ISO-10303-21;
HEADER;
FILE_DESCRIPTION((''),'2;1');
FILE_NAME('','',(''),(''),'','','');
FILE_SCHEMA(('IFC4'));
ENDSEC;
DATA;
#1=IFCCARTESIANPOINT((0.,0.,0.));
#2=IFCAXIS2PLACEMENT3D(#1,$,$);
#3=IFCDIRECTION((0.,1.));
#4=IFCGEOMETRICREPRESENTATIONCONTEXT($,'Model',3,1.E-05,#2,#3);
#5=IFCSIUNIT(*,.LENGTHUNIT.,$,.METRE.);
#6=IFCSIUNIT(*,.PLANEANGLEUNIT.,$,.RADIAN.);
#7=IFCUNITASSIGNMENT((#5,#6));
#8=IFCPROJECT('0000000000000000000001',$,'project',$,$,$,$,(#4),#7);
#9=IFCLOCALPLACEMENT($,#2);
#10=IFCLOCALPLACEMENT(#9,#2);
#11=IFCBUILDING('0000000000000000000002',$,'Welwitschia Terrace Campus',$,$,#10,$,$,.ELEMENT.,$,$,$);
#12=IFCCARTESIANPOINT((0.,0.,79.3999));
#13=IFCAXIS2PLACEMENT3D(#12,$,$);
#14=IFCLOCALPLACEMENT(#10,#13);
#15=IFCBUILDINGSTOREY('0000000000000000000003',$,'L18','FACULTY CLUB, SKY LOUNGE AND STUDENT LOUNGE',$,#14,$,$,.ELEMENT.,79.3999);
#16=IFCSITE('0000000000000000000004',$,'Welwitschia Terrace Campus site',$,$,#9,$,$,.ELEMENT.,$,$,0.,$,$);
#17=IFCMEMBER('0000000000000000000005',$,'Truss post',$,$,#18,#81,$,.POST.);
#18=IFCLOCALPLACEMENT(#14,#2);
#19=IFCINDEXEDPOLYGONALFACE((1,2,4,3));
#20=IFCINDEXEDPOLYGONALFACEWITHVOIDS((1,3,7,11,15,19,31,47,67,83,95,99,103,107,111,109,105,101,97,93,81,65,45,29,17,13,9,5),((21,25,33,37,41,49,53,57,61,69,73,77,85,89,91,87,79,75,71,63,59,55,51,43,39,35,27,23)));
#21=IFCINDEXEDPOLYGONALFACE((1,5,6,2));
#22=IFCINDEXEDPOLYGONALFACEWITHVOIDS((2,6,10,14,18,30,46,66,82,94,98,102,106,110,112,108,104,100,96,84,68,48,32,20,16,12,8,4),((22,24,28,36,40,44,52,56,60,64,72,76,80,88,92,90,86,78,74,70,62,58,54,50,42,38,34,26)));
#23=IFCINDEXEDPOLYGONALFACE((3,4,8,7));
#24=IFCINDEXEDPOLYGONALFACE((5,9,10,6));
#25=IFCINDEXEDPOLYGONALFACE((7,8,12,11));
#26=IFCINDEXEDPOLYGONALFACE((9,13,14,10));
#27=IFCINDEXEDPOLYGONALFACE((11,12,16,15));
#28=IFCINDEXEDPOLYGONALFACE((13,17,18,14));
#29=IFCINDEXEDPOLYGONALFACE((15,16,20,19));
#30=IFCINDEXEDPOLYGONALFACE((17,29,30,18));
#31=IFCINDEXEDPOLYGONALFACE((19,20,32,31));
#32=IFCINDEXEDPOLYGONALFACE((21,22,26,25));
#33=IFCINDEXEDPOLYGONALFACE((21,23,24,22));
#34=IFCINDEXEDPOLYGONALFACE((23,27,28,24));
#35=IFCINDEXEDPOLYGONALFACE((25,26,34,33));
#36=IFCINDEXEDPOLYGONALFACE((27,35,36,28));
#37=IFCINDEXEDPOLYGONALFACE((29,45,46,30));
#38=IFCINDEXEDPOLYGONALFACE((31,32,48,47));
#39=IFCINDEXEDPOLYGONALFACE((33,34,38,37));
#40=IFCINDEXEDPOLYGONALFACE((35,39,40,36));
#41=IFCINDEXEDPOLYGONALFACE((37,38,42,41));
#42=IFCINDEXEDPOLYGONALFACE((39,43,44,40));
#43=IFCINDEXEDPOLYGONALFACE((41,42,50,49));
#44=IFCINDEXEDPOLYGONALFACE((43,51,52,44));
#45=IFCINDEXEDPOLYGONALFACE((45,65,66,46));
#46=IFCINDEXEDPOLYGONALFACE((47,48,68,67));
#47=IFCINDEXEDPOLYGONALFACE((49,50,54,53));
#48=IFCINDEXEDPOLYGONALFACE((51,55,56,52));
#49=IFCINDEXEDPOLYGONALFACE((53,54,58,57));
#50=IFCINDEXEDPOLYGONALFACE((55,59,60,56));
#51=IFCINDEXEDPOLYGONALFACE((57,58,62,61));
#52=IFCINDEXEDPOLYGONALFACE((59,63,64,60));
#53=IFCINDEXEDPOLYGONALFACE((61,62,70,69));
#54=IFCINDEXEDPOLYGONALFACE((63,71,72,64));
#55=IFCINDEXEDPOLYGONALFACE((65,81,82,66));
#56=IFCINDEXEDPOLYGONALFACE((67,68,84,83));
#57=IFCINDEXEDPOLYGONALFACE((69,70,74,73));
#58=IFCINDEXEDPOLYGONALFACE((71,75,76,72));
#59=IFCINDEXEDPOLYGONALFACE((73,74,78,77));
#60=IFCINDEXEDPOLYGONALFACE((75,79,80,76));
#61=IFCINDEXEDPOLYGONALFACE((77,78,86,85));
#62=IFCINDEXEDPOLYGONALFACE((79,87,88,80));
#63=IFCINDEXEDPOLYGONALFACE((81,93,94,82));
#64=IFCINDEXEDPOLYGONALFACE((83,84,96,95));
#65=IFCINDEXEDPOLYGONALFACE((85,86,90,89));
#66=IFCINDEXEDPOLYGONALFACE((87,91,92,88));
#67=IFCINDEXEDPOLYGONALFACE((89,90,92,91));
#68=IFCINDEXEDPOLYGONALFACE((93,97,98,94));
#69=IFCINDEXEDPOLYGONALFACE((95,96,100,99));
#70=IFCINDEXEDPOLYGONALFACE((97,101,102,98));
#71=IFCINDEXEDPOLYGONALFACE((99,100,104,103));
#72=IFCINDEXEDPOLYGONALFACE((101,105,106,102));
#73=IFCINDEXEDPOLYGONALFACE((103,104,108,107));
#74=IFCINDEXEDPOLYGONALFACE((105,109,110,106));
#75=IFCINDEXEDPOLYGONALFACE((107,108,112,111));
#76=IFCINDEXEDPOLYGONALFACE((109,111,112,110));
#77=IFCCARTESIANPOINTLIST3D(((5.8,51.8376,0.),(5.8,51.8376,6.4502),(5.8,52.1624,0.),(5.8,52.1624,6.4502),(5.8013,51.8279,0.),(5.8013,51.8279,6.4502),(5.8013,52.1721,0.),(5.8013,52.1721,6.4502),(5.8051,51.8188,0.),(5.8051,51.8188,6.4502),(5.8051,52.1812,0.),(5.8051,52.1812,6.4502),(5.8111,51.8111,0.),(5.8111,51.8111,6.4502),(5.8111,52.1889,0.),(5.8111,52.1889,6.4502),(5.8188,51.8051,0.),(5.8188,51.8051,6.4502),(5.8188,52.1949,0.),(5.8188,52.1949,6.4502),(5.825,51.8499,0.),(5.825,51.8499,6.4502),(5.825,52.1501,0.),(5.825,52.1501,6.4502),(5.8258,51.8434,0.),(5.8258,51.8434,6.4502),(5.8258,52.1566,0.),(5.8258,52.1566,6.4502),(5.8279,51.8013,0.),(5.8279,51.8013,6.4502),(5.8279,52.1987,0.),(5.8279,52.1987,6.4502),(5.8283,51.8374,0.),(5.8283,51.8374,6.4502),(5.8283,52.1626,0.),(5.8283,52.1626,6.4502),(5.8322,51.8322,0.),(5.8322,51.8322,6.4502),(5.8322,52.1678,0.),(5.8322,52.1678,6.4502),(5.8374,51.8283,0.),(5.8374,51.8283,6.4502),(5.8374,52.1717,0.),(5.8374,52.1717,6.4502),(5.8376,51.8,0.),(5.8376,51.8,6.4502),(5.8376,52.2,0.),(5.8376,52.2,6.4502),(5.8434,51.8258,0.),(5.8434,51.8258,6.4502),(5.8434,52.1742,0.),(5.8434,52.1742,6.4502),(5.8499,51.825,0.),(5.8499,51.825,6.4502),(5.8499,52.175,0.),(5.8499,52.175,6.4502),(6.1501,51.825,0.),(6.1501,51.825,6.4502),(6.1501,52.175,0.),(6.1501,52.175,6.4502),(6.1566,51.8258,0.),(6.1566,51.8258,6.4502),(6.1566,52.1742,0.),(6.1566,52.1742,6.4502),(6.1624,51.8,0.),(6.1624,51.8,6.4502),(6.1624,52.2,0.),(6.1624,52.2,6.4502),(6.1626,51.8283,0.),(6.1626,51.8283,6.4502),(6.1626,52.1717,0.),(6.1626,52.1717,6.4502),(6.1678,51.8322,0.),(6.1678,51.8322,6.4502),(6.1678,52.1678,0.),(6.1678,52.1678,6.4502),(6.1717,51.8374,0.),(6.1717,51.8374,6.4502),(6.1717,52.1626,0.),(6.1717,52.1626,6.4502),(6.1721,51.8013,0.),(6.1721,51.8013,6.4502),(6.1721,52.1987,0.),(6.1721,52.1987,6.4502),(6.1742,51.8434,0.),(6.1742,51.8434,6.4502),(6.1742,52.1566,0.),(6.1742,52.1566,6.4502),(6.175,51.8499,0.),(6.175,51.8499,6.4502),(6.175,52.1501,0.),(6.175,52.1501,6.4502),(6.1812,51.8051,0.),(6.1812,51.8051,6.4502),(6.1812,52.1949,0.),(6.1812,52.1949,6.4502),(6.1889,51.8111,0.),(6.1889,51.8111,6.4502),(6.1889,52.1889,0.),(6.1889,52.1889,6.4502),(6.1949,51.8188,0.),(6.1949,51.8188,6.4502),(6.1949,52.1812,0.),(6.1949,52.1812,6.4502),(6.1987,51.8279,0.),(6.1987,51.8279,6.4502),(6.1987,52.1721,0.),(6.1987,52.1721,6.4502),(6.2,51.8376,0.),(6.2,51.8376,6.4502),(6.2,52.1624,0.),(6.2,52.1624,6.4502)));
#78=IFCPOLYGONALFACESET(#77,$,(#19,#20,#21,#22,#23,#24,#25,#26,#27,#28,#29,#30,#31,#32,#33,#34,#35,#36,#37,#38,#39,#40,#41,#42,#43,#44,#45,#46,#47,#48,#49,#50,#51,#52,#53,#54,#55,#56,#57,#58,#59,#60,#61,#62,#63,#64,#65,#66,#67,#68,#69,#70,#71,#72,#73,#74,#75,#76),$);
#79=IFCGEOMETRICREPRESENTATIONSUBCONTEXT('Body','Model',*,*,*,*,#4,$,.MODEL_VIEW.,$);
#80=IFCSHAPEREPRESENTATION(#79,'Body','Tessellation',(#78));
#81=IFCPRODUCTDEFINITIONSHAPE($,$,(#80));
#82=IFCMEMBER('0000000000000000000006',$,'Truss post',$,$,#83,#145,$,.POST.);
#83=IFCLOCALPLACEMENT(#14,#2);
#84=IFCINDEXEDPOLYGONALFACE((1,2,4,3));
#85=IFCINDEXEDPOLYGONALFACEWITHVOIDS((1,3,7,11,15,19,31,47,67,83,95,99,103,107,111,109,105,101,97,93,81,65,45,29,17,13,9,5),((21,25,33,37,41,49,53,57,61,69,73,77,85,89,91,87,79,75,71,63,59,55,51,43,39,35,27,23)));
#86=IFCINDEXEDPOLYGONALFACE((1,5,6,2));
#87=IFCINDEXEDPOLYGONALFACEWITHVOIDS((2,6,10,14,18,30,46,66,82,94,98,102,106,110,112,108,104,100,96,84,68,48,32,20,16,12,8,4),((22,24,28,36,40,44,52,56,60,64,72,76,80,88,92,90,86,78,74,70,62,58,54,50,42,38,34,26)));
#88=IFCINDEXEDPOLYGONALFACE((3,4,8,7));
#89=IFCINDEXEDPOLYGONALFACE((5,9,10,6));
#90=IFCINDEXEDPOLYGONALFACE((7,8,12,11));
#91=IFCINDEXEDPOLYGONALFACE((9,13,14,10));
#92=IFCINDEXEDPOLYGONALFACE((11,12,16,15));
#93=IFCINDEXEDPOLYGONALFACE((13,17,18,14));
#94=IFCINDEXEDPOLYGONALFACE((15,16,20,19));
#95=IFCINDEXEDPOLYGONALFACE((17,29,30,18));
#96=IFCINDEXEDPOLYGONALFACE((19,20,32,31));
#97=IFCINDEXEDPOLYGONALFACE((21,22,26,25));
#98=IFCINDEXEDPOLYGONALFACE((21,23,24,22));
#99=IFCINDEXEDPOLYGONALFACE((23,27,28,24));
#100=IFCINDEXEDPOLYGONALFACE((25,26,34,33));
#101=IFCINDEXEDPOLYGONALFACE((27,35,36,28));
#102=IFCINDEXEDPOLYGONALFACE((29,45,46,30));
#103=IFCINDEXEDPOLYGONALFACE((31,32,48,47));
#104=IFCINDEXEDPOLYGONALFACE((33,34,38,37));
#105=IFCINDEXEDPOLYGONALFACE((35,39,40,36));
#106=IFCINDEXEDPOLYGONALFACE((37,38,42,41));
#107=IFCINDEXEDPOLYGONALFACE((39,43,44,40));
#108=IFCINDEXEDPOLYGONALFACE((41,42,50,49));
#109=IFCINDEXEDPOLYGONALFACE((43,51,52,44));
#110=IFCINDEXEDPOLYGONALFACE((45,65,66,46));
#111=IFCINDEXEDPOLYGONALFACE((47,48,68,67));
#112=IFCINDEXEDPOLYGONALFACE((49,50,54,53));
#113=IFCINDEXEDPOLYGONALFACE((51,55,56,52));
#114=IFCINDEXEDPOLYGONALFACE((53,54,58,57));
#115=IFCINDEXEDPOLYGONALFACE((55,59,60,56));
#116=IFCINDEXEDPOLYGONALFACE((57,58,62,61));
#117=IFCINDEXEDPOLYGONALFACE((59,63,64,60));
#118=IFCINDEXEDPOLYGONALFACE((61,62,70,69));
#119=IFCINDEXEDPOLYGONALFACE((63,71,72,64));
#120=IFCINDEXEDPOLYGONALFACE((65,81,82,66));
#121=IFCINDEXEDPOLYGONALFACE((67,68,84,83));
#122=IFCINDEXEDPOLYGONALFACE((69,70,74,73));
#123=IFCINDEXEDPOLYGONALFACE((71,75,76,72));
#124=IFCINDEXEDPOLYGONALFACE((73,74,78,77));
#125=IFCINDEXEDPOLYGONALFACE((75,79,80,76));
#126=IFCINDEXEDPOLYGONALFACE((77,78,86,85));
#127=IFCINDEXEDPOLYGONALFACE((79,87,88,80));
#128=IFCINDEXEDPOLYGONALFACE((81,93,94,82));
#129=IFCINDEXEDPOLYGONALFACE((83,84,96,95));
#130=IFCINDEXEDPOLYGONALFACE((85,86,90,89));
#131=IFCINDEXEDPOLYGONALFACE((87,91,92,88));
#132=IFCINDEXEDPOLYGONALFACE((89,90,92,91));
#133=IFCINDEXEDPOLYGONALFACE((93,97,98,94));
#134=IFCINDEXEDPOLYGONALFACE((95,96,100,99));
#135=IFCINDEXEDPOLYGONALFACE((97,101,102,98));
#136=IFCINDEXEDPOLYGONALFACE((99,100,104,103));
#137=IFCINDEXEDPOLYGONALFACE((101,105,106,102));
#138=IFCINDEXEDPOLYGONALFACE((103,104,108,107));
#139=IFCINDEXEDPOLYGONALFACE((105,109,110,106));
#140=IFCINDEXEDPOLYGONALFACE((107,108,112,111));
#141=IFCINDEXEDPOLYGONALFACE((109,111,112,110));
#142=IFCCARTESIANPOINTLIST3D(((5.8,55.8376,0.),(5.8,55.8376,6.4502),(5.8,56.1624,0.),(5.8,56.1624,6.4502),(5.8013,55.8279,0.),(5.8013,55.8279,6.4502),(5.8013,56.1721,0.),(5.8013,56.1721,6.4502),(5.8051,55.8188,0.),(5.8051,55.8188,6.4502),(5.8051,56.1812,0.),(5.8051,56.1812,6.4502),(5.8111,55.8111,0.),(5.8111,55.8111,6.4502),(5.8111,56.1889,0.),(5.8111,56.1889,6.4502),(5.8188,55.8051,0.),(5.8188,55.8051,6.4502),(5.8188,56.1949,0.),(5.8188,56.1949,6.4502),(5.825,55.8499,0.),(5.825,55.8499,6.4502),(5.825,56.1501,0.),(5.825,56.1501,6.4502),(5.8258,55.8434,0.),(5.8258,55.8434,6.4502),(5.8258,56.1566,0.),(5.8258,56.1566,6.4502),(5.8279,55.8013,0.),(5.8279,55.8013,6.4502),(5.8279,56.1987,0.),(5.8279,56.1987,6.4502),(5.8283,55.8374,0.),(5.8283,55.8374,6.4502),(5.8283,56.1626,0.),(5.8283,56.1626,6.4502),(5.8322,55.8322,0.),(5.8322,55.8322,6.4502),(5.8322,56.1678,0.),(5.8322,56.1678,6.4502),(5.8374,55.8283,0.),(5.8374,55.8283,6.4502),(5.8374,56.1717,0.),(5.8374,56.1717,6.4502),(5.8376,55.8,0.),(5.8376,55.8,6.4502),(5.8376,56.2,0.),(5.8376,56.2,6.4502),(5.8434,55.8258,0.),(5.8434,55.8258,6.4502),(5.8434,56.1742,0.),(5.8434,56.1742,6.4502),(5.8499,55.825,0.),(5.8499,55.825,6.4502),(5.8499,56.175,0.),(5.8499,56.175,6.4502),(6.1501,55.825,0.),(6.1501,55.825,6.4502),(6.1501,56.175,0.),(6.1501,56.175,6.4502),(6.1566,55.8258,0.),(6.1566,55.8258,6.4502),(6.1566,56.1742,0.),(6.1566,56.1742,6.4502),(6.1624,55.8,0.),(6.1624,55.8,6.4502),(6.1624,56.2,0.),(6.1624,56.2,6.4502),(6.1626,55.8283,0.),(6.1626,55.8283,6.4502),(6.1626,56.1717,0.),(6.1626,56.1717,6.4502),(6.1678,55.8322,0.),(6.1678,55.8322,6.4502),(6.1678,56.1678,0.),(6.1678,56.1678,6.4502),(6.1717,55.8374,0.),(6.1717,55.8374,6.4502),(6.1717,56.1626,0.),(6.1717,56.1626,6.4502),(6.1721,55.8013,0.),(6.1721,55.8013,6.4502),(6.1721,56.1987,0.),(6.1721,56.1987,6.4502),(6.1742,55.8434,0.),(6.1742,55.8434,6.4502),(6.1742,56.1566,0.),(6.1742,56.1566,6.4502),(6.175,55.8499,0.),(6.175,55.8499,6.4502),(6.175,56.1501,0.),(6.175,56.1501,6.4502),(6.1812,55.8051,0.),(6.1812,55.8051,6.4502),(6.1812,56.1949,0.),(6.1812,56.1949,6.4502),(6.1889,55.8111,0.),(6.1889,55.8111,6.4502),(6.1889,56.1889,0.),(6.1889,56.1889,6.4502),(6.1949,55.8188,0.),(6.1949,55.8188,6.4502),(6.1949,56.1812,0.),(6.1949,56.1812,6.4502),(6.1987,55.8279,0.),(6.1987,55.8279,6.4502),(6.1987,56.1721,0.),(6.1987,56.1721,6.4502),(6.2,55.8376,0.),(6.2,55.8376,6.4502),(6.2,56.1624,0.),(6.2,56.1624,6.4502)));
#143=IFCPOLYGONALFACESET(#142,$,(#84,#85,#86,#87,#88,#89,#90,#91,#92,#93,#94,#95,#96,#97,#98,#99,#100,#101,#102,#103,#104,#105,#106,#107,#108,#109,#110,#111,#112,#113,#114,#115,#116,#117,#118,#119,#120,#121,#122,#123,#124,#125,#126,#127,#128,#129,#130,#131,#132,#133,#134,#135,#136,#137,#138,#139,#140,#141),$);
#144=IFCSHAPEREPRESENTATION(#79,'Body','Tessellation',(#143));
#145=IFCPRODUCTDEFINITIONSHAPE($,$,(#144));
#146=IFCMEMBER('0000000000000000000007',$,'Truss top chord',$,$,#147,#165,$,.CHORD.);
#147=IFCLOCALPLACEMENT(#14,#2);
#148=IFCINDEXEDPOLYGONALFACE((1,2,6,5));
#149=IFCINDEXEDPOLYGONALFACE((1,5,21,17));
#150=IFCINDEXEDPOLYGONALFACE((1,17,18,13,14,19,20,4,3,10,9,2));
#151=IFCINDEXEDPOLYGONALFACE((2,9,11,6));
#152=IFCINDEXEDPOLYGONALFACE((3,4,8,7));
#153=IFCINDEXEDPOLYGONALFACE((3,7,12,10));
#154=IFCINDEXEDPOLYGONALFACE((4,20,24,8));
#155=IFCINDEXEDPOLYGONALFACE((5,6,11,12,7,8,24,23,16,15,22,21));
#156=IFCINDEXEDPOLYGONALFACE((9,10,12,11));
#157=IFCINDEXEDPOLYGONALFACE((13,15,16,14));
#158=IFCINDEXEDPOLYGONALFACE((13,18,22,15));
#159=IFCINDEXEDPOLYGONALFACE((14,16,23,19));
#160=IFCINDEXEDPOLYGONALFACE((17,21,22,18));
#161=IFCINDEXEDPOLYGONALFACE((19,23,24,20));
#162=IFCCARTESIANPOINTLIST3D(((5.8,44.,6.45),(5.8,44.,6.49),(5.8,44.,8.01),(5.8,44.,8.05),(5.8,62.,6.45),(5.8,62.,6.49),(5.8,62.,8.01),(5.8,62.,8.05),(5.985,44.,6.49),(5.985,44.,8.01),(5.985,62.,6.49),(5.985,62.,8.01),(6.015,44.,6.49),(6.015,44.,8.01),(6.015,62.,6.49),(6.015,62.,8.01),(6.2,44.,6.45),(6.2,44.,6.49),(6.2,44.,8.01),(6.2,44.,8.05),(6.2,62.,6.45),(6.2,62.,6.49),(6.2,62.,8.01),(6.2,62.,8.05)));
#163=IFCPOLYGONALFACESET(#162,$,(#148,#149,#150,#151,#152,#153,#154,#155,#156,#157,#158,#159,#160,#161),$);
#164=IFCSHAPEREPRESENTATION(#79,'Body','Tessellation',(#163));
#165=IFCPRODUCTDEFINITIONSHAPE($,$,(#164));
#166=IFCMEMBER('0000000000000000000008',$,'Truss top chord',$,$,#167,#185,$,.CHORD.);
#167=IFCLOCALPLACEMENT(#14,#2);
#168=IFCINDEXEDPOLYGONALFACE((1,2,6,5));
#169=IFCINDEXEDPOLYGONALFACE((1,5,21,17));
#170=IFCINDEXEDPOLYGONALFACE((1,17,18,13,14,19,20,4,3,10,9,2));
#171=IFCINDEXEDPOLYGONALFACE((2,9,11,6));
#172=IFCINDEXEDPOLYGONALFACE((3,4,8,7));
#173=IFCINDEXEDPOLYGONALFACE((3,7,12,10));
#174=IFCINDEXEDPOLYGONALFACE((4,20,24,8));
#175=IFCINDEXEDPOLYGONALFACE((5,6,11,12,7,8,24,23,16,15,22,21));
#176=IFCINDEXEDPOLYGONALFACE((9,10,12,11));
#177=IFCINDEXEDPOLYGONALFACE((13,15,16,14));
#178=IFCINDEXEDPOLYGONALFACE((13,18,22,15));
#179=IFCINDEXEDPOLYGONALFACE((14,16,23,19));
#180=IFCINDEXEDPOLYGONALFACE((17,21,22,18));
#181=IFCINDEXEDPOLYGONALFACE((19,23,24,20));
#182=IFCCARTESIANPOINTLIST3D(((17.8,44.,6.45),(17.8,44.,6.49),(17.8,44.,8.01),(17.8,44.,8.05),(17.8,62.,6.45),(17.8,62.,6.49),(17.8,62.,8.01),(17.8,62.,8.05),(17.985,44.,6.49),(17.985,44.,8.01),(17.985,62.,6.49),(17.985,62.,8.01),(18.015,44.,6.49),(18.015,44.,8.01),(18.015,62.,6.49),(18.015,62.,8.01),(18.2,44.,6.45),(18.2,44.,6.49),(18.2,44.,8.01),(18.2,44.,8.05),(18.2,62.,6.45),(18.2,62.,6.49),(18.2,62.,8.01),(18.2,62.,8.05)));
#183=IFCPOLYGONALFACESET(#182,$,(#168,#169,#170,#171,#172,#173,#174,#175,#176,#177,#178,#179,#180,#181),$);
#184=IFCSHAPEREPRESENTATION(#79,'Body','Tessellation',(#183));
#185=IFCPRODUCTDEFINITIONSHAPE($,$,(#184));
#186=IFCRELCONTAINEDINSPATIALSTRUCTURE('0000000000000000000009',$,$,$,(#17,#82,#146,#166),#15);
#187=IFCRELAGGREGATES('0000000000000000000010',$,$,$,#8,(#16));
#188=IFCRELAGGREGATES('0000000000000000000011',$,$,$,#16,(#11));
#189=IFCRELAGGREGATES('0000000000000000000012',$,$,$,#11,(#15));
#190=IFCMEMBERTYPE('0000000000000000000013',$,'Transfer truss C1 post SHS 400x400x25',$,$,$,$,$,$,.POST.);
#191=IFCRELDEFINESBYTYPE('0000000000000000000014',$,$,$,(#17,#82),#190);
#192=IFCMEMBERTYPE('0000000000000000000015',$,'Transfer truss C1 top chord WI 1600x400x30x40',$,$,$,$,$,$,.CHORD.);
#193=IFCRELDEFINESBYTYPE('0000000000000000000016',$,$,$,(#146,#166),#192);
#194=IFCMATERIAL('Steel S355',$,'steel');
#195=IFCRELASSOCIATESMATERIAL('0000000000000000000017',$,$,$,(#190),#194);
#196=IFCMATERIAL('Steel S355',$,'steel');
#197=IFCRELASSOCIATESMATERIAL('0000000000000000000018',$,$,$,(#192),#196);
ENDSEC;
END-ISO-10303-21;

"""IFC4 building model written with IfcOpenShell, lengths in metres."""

from ifc_helpers import new_model, si_unit, direction, frame, origin, origin_2d, place, context, subcontext, project, spatial, hollow_rectangle, i_section, extrude, material, material_profile, profile_set, type_object, element, save


model = new_model("IFC4")

# Units and contexts
model_context = context("Model", 3, precision=1e-05, world=origin(), true_north=direction((0.0, 1.0)))
body_context = subcontext(model_context, "Body", "Model", "MODEL_VIEW")
ifc_project = project(units=[si_unit("LENGTHUNIT", "METRE"), si_unit("PLANEANGLEUNIT", "RADIAN")], contexts=[model_context])

# Site, building, storey
site_placement = place(None, origin())
site = spatial("IfcSite", under=ifc_project, at=site_placement, Name="Welwitschia Terrace Campus site", CompositionType="ELEMENT", RefElevation=0.0)
building_placement = place(site_placement, origin())
building = spatial("IfcBuilding", under=site, at=building_placement, Name="Welwitschia Terrace Campus", CompositionType="ELEMENT")
storey_placement = place(building_placement, frame((0.0, 0.0, 79.3999)))
storey = spatial("IfcBuildingStorey", under=building, at=storey_placement, Name="L18", Description="FACULTY CLUB, SKY LOUNGE AND STUDENT LOUNGE", CompositionType="ELEMENT", Elevation=79.3999)

# Members
ifc_material_1 = material(Name="Steel S355", Category="steel")
ifc_material_profile_1 = material_profile(ifc_material_1, hollow_rectangle(XDim=0.3999, YDim=0.3999, WallThickness=0.0249, InnerFilletRadius=0.0249, OuterFilletRadius=0.0376, at=origin_2d()))
ifc_profile_set_1 = profile_set([ifc_material_profile_1], Name="Steel S355")
member_type_1 = type_object("IfcMemberType", Name="Transfer truss C1 post SHS 400x400x25", PredefinedType="POST", material=ifc_profile_set_1)
for number, where, z_axis, x_axis, name in (
    (1, (6.0, 52.0, 0.0), (0.0, 0.0, 1.0), (1.0, 0.0, 0.0), "Truss post"),
    (2, (6.0, 56.0, 0.0), (0.0, 0.0, 1.0), (1.0, 0.0, 0.0), "Truss post"),
):
    element("IfcMember", number, at=place(storey_placement, frame(where, z_axis=z_axis, x_axis=x_axis)), inside=storey, type_object=member_type_1, Name=name, PredefinedType="POST", context=body_context, shape_type="SweptSolid", body=[
        extrude(hollow_rectangle(XDim=0.3999, YDim=0.3999, WallThickness=0.0249, InnerFilletRadius=0.0249, OuterFilletRadius=0.0376, at=origin_2d()), origin(), (0.0, 0.0, 1.0), 6.4502),
    ])
ifc_material_2 = material(Name="Steel S355", Category="steel")
ifc_material_profile_2 = material_profile(ifc_material_2, i_section(OverallWidth=0.3999, OverallDepth=1.6001, WebThickness=0.03, FlangeThickness=0.04, at=origin_2d()))
ifc_profile_set_2 = profile_set([ifc_material_profile_2], Name="Steel S355")
member_type_2 = type_object("IfcMemberType", Name="Transfer truss C1 top chord WI 1600x400x30x40", PredefinedType="CHORD", material=ifc_profile_set_2)
for number, where, z_axis, x_axis, name in (
    (3, (6.0, 44.0, 7.25), (0.0, 1.0, 0.0), (-1.0, 0.0, 0.0), "Truss top chord"),
    (4, (18.0, 44.0, 7.25), (0.0, 1.0, 0.0), (-1.0, 0.0, 0.0), "Truss top chord"),
):
    element("IfcMember", number, at=place(storey_placement, frame(where, z_axis=z_axis, x_axis=x_axis)), inside=storey, type_object=member_type_2, Name=name, PredefinedType="CHORD", context=body_context, shape_type="SweptSolid", body=[
        extrude(i_section(OverallWidth=0.3999, OverallDepth=1.6001, WebThickness=0.03, FlangeThickness=0.04, at=origin_2d()), origin(), (0.0, 0.0, 1.0), 18.0),
    ])

save(model, "model.ifc")
